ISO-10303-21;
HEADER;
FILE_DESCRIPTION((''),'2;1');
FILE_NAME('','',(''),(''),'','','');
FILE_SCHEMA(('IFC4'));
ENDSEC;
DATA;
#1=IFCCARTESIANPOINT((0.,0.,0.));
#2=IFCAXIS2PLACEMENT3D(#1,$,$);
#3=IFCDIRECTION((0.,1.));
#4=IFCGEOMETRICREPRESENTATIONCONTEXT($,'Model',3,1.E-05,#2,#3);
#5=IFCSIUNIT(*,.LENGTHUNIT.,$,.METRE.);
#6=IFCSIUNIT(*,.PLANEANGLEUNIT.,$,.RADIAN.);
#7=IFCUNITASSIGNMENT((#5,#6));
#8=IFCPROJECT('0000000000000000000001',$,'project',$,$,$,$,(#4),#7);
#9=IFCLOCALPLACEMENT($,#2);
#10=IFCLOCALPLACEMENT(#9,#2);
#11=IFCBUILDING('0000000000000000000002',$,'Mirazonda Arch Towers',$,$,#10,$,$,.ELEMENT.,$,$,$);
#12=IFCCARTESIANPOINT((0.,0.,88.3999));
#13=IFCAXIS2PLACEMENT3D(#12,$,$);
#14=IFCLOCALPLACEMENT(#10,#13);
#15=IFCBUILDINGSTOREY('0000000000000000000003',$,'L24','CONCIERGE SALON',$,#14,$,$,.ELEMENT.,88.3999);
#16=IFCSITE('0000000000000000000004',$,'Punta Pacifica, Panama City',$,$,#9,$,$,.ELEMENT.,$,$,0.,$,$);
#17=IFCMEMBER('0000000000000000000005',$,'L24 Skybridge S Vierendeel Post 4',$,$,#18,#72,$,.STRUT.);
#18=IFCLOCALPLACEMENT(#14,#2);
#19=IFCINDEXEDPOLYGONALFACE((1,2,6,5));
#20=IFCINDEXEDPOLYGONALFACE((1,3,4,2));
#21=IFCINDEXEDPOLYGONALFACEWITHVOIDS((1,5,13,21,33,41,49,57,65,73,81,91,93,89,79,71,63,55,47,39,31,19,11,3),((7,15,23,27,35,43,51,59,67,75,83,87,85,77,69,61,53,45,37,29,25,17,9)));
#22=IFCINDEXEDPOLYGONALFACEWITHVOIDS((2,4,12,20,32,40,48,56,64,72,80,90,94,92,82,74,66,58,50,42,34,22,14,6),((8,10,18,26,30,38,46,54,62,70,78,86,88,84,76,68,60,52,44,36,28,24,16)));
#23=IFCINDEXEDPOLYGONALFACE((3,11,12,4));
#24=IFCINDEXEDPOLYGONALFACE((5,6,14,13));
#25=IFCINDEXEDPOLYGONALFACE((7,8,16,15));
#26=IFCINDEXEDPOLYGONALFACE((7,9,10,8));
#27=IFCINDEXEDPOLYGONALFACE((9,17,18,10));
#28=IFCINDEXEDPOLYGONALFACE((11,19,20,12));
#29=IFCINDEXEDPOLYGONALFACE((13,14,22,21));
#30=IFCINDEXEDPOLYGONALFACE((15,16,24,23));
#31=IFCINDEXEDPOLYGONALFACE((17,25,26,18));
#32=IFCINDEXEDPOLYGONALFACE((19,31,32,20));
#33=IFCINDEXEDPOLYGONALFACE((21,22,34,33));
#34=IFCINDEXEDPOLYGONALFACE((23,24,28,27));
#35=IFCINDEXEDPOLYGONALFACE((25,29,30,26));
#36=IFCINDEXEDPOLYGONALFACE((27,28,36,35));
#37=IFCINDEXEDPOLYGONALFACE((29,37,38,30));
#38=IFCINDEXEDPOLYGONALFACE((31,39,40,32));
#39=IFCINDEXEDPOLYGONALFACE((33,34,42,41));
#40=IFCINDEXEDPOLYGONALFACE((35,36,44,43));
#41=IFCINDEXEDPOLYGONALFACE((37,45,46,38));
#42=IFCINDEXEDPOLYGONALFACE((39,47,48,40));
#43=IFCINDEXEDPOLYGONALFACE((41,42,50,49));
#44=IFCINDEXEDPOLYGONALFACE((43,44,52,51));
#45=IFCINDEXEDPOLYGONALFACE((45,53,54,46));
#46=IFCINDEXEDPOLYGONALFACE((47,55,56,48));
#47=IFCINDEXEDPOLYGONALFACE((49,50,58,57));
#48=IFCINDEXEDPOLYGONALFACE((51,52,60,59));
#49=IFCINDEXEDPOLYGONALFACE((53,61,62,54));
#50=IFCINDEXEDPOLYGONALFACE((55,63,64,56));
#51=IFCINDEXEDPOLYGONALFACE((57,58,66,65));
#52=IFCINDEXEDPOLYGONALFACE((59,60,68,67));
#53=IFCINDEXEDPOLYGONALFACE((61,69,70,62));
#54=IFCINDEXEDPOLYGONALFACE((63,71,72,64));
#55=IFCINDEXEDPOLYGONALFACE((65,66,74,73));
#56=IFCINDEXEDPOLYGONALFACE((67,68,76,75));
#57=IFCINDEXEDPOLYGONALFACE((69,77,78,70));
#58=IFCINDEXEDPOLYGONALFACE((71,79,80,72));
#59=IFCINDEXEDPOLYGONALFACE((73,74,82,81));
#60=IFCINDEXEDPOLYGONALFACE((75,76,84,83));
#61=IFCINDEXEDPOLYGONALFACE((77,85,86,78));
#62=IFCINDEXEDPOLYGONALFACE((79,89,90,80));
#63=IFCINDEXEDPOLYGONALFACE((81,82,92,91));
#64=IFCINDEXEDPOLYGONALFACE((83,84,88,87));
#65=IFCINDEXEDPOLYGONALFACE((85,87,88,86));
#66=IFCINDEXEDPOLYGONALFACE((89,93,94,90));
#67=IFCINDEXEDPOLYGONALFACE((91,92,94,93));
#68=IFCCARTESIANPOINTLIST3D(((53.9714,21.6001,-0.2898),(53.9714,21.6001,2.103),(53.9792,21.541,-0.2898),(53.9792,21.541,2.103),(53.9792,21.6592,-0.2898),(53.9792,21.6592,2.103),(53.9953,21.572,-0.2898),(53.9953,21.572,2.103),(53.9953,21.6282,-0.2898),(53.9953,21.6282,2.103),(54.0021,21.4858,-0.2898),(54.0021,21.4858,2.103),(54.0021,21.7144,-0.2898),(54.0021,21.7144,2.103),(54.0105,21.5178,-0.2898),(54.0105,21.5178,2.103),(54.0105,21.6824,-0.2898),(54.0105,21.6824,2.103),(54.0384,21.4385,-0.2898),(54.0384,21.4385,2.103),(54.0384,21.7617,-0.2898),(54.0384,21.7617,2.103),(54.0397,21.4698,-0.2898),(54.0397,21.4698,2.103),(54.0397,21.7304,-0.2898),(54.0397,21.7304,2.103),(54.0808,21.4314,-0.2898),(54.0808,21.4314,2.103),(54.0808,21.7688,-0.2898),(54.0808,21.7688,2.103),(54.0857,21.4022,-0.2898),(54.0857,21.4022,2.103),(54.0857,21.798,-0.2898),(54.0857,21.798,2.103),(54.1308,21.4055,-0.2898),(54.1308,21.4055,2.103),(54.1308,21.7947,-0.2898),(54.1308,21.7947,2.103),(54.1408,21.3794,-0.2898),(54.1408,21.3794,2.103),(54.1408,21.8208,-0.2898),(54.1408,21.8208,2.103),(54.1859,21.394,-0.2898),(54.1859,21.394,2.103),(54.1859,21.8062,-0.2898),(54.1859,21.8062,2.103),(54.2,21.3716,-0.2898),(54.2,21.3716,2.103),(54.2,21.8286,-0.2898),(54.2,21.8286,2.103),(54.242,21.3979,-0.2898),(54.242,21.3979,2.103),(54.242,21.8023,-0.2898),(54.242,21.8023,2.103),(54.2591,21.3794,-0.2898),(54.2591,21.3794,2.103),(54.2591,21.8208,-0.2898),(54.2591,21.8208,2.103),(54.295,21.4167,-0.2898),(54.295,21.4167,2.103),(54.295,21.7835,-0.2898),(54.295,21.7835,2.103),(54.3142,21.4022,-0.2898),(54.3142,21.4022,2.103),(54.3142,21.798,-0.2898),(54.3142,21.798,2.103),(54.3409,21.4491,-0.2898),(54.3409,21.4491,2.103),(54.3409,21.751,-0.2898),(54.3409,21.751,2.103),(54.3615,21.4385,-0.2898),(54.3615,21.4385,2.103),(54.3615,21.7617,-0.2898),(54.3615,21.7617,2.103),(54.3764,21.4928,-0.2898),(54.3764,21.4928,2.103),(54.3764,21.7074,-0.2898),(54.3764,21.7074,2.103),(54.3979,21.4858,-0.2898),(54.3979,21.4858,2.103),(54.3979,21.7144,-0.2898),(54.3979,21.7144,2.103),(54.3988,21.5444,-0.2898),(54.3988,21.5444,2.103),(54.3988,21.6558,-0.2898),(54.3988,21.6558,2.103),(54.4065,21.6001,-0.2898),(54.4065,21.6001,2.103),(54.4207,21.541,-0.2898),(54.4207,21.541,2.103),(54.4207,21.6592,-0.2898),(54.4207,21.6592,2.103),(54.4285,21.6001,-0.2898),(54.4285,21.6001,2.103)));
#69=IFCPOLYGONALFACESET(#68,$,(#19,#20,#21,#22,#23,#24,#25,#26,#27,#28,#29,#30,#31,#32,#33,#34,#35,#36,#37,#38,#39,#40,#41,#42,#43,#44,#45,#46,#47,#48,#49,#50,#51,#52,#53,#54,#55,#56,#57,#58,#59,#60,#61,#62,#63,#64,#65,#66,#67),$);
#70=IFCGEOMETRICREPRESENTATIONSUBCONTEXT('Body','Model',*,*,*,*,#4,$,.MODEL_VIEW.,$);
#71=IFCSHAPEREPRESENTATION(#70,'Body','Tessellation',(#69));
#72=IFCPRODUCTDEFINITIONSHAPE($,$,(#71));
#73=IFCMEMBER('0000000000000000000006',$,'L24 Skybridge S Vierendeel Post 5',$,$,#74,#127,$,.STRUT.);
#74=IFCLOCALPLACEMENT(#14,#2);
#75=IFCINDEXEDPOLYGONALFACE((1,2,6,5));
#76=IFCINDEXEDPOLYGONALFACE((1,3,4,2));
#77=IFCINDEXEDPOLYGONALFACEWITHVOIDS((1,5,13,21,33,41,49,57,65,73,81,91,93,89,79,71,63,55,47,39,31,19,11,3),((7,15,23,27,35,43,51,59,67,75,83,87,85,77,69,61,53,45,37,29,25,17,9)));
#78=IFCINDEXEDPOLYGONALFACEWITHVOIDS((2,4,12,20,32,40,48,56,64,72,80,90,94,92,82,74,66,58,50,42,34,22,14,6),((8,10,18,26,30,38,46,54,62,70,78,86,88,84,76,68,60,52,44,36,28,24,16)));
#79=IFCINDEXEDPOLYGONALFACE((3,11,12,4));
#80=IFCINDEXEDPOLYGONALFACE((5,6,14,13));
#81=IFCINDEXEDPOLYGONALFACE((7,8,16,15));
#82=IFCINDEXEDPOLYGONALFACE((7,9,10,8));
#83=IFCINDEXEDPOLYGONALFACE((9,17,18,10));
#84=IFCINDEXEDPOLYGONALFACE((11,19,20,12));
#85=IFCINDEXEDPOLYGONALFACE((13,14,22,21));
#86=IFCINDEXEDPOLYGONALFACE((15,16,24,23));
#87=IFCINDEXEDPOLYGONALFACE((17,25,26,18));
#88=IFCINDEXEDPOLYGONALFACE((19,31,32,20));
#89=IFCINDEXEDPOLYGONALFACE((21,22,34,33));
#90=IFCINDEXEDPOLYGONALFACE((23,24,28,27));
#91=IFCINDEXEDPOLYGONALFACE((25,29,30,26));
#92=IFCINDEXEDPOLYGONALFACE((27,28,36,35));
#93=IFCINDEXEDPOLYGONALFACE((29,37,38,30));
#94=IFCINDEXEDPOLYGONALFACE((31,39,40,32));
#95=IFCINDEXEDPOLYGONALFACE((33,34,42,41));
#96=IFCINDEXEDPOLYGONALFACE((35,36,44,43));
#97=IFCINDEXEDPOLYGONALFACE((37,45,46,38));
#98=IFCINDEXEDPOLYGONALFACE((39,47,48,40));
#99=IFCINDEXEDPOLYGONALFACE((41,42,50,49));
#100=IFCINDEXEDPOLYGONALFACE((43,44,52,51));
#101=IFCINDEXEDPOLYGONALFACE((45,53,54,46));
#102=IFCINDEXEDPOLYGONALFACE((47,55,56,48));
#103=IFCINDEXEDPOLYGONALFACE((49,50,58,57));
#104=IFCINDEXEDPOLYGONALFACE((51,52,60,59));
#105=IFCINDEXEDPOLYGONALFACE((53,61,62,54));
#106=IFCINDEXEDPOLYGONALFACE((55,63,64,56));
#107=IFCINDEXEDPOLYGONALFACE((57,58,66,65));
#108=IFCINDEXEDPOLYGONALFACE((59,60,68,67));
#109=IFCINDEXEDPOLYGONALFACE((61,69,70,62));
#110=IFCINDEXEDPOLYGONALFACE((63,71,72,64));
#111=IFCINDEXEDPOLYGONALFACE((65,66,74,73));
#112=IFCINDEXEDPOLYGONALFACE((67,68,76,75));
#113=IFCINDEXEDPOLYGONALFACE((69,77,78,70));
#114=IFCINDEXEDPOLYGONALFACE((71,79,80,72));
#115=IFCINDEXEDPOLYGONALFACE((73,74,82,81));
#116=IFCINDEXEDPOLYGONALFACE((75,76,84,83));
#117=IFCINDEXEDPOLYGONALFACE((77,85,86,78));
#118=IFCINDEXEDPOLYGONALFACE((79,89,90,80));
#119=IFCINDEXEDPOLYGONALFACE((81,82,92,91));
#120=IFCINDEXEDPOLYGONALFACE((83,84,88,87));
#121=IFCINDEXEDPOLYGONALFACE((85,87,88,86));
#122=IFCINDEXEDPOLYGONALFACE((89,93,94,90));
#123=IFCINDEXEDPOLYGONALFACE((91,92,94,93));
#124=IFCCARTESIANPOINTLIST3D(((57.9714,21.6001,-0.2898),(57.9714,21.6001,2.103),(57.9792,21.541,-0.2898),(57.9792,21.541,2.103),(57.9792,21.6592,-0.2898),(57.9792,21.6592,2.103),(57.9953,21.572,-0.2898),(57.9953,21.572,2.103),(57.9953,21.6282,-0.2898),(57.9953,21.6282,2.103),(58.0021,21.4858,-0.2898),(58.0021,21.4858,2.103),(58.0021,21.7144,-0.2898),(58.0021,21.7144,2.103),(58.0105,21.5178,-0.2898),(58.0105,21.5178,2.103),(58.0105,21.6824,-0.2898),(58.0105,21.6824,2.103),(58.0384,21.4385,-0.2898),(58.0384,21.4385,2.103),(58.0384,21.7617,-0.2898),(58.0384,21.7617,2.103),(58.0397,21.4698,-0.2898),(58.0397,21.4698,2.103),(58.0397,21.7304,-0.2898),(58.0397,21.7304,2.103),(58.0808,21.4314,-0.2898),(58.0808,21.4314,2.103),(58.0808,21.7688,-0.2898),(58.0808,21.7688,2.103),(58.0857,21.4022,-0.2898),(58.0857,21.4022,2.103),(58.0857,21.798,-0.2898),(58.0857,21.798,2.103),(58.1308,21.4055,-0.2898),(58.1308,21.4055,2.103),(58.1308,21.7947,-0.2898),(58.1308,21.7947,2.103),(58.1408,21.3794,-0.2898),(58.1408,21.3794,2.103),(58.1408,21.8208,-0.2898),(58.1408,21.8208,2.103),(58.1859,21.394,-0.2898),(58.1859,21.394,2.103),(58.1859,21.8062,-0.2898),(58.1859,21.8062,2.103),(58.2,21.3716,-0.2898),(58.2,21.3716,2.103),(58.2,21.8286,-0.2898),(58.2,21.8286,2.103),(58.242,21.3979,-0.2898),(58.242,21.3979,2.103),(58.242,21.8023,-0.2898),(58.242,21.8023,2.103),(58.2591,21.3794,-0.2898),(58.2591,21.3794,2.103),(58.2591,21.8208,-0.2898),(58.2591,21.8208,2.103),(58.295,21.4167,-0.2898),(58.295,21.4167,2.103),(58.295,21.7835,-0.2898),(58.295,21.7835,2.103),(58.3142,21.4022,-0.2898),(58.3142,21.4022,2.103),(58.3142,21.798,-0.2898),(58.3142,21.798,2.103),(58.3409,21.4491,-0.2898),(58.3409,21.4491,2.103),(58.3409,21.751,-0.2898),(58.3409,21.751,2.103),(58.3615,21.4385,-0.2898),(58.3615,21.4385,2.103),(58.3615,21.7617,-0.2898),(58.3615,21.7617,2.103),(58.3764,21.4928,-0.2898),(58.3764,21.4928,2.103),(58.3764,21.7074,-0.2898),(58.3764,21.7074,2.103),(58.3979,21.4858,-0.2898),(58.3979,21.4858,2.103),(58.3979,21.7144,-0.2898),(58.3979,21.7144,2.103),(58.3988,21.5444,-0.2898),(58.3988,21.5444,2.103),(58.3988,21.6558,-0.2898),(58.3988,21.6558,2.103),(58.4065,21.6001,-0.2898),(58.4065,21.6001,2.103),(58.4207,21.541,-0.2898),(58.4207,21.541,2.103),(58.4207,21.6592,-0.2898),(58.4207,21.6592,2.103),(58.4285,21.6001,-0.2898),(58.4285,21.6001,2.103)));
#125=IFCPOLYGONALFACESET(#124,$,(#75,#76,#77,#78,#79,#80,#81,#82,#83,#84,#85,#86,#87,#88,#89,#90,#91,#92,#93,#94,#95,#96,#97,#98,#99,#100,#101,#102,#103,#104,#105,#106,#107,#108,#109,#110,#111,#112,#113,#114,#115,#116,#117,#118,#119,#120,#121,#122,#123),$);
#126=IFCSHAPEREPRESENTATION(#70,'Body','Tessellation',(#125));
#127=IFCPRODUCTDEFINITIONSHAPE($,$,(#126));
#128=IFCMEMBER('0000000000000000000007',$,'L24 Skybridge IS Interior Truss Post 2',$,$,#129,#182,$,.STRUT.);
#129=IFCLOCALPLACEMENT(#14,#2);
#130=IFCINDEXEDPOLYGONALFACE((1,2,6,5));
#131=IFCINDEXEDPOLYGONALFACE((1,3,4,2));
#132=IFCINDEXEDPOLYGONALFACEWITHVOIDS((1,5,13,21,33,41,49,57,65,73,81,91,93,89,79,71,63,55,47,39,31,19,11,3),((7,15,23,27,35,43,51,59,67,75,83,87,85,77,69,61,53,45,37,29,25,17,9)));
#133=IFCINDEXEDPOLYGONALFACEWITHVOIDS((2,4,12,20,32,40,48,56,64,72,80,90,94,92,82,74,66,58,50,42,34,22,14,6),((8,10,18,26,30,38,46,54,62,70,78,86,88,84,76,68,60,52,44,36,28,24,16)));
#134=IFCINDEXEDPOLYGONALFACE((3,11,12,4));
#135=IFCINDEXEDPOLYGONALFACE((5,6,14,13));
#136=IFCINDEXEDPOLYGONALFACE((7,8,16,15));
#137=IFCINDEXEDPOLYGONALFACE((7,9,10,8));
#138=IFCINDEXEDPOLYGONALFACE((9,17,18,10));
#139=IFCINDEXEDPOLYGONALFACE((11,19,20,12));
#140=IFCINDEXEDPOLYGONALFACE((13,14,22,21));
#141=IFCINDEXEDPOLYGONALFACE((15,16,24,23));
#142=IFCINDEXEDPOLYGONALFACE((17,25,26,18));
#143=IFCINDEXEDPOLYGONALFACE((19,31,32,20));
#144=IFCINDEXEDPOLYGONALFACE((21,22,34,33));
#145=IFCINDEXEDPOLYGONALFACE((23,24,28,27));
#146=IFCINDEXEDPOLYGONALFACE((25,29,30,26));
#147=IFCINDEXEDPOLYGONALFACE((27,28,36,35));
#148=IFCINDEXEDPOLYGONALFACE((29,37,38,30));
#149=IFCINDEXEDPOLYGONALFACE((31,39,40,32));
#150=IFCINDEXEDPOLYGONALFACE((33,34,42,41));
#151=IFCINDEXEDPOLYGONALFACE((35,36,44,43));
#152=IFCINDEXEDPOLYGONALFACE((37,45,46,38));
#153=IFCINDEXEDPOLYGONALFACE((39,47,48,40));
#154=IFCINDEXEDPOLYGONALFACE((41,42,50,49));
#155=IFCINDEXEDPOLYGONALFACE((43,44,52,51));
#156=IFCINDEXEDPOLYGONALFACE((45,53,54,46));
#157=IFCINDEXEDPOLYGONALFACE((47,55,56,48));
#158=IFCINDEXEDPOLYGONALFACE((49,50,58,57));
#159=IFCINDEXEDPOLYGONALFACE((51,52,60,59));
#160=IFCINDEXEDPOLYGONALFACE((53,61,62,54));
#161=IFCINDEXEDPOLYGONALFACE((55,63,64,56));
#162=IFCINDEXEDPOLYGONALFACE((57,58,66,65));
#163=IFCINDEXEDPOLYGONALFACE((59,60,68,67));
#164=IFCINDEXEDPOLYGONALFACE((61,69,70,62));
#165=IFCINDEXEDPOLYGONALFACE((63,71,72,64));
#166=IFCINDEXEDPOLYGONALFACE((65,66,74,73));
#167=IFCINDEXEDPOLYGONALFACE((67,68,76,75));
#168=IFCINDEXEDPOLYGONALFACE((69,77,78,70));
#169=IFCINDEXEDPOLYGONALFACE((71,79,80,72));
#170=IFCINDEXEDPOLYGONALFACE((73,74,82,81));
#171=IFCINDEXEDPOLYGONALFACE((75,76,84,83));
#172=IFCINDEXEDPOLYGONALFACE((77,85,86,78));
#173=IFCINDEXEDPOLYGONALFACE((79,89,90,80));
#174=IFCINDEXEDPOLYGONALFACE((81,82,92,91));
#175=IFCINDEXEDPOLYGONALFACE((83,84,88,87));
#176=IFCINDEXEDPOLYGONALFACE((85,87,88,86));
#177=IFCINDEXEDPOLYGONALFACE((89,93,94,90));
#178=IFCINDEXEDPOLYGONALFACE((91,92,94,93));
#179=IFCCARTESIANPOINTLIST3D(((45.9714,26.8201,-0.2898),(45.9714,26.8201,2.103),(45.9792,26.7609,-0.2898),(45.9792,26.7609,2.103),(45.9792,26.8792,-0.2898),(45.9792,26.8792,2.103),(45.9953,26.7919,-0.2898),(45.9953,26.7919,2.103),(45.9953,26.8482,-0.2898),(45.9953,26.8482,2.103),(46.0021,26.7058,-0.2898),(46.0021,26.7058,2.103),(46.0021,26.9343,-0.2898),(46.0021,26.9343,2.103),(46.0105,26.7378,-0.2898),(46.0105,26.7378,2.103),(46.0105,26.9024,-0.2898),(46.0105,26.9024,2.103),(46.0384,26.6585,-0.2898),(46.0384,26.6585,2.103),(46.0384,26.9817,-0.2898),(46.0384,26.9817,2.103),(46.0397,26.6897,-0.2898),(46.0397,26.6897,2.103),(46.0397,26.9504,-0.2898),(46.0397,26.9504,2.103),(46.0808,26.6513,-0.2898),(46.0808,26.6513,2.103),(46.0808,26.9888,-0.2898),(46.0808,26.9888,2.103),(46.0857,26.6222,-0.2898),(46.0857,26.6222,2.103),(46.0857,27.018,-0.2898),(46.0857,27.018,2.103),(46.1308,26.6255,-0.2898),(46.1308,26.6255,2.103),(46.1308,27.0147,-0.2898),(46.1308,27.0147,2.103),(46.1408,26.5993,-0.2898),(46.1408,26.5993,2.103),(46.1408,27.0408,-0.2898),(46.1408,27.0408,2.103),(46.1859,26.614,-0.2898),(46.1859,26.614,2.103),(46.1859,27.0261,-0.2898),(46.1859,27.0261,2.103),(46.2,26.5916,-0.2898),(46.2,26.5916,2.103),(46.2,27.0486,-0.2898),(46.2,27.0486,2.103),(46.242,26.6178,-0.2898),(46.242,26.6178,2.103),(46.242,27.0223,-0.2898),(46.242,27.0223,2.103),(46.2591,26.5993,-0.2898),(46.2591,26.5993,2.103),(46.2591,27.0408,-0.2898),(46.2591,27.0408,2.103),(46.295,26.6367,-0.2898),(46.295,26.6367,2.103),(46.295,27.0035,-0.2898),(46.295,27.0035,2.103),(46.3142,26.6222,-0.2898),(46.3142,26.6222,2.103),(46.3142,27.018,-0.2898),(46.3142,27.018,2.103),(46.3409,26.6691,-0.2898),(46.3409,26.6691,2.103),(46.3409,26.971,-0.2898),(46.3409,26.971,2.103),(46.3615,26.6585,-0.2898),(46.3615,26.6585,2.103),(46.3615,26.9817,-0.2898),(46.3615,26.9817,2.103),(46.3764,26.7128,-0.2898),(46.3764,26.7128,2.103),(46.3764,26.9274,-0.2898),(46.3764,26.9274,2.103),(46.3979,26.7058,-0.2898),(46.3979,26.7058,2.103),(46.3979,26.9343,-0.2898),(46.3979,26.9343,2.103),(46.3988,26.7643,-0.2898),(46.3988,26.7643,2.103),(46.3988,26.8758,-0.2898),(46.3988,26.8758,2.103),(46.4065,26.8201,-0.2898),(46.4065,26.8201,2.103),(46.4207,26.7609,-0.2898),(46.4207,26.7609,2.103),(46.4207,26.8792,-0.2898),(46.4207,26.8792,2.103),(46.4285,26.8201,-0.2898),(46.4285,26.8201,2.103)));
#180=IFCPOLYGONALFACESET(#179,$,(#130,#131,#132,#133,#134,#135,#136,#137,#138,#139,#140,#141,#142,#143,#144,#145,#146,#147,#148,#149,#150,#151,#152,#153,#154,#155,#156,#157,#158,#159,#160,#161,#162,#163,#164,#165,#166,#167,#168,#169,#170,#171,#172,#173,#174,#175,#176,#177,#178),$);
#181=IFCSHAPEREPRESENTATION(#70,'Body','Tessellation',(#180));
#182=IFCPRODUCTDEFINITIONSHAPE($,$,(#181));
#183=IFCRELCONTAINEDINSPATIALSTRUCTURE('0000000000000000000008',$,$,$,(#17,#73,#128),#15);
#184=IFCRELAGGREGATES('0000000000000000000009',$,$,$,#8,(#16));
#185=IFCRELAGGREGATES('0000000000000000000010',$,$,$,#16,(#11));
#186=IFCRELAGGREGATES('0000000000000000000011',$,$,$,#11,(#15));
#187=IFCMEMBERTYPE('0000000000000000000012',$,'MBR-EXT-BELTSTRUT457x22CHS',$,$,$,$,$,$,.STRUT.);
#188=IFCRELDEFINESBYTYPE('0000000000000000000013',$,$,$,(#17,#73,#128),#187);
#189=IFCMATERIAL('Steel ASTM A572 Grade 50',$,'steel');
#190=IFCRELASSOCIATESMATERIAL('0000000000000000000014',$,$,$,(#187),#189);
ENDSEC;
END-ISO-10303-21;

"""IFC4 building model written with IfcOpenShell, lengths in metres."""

from ifc_helpers import new_model, si_unit, direction, frame, origin, origin_2d, place, context, subcontext, project, spatial, hollow_circle, extrude, material, material_profile, profile_set, type_object, element, save


model = new_model("IFC4")

# Units and contexts
model_context = context("Model", 3, precision=1e-05, world=origin(), true_north=direction((0.0, 1.0)))
body_context = subcontext(model_context, "Body", "Model", "MODEL_VIEW")
ifc_project = project(units=[si_unit("LENGTHUNIT", "METRE"), si_unit("PLANEANGLEUNIT", "RADIAN")], contexts=[model_context])

# Site, building, storey
site_placement = place(None, origin())
site = spatial("IfcSite", under=ifc_project, at=site_placement, Name="Punta Pacifica, Panama City", CompositionType="ELEMENT", RefElevation=0.0)
building_placement = place(site_placement, origin())
building = spatial("IfcBuilding", under=site, at=building_placement, Name="Mirazonda Arch Towers", CompositionType="ELEMENT")
storey_placement = place(building_placement, frame((0.0, 0.0, 88.3999)))
storey = spatial("IfcBuildingStorey", under=building, at=storey_placement, Name="L24", Description="CONCIERGE SALON", CompositionType="ELEMENT", Elevation=88.3999)

# Members
ifc_material_1 = material(Name="Steel ASTM A572 Grade 50", Category="steel")
ifc_material_profile_1 = material_profile(ifc_material_1, hollow_circle(Radius=0.2285, WallThickness=0.022, at=origin_2d()), Name="BELTSTRUT457x22CHS")
ifc_profile_set_1 = profile_set([ifc_material_profile_1], Name="Steel ASTM A572 Grade 50")
member_type_1 = type_object("IfcMemberType", Name="MBR-EXT-BELTSTRUT457x22CHS", PredefinedType="STRUT", material=ifc_profile_set_1)
for number, where, z_axis, x_axis, name in (
    (1, (54.2, 21.6001, -0.2898), (0.0, 0.0, 1.0), (1.0, 0.0, 0.0), "L24 Skybridge S Vierendeel Post 4"),
    (2, (58.2, 21.6001, -0.2898), (0.0, 0.0, 1.0), (1.0, 0.0, 0.0), "L24 Skybridge S Vierendeel Post 5"),
    (3, (46.2, 26.8201, -0.2898), (0.0, 0.0, 1.0), (1.0, 0.0, 0.0), "L24 Skybridge IS Interior Truss Post 2"),
):
    element("IfcMember", number, at=place(storey_placement, frame(where, z_axis=z_axis, x_axis=x_axis)), inside=storey, type_object=member_type_1, Name=name, PredefinedType="STRUT", context=body_context, shape_type="SweptSolid", body=[
        extrude(hollow_circle(Radius=0.2285, WallThickness=0.022, at=origin_2d()), origin(), (0.0, 0.0, 1.0), 2.3928),
    ])

save(model, "model.ifc")
